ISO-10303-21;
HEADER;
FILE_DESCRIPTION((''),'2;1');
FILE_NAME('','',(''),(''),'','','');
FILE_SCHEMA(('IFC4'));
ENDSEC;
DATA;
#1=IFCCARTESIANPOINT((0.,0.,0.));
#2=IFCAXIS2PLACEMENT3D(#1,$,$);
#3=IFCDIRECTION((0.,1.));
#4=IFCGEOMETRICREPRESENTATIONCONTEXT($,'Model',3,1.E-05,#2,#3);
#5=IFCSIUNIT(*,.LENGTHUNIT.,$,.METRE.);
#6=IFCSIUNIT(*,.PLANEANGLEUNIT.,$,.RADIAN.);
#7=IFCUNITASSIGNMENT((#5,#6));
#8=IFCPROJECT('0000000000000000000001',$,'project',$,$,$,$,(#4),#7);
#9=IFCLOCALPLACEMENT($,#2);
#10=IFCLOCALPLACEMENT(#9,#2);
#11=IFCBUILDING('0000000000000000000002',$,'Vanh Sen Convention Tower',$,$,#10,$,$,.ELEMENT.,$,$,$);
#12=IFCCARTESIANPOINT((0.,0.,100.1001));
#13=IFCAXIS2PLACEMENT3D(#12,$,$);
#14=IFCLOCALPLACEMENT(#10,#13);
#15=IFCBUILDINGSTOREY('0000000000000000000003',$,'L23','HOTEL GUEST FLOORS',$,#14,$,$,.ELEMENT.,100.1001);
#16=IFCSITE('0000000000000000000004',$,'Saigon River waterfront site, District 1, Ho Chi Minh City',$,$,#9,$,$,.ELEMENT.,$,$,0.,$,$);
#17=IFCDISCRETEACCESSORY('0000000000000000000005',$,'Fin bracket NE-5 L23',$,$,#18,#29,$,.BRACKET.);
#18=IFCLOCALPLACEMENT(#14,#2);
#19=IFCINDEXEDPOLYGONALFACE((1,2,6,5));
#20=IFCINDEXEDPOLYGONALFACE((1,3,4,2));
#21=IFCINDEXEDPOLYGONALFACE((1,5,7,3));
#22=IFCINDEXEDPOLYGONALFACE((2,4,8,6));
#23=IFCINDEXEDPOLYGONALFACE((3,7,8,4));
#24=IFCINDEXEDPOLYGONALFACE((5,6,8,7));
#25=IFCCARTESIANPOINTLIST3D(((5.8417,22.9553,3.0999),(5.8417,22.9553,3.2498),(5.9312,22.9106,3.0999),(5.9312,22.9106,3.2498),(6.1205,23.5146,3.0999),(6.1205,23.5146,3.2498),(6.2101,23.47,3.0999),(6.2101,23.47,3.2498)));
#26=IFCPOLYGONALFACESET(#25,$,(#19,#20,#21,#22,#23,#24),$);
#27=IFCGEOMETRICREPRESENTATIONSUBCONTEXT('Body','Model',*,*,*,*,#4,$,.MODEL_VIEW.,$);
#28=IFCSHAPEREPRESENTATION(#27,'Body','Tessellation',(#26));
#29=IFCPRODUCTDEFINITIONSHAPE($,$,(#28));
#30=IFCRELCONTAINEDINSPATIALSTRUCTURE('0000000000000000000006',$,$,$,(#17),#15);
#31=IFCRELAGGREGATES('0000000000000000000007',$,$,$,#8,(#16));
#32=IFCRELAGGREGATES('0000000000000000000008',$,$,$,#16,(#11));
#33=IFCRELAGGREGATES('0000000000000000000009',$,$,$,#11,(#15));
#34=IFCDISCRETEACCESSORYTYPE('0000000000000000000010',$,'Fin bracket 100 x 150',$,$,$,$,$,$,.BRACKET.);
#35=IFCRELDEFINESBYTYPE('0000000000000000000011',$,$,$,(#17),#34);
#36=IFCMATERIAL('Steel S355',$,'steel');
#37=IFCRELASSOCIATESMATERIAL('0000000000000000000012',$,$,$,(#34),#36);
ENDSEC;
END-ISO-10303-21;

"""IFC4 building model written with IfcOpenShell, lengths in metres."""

from ifc_helpers import new_model, si_unit, direction, frame, origin, origin_2d, place, context, subcontext, project, spatial, rectangle, extrude, material, type_object, element, save


model = new_model("IFC4")

# Units and contexts
model_context = context("Model", 3, precision=1e-05, world=origin(), true_north=direction((0.0, 1.0)))
body_context = subcontext(model_context, "Body", "Model", "MODEL_VIEW")
ifc_project = project(units=[si_unit("LENGTHUNIT", "METRE"), si_unit("PLANEANGLEUNIT", "RADIAN")], contexts=[model_context])

# Site, building, storey
site_placement = place(None, origin())
site = spatial("IfcSite", under=ifc_project, at=site_placement, Name="Saigon River waterfront site, District 1, Ho Chi Minh City", CompositionType="ELEMENT", RefElevation=0.0)
building_placement = place(site_placement, origin())
building = spatial("IfcBuilding", under=site, at=building_placement, Name="Vanh Sen Convention Tower", CompositionType="ELEMENT")
storey_placement = place(building_placement, frame((0.0, 0.0, 100.1001)))
storey = spatial("IfcBuildingStorey", under=building, at=storey_placement, Name="L23", Description="HOTEL GUEST FLOORS", CompositionType="ELEMENT", Elevation=100.1001)

# Discrete accessory
ifc_material_1 = material(Name="Steel S355", Category="steel")
discrete_accessory_type = type_object("IfcDiscreteAccessoryType", Name="Fin bracket 100 x 150", PredefinedType="BRACKET", material=ifc_material_1)
discrete_accessory_placement = place(storey_placement, frame((6.0259, 23.2126, 3.0999), z_axis=(0.0, 0.0, 1.0), x_axis=(0.446198, 0.894934, 0.0)))
element("IfcDiscreteAccessory", 1, at=discrete_accessory_placement, inside=storey, type_object=discrete_accessory_type, Name="Fin bracket NE-5 L23", PredefinedType="BRACKET", context=body_context, shape_type="SweptSolid", body=[
    extrude(rectangle(XDim=0.625, YDim=0.1001, at=origin_2d()), origin(), (0.0, 0.0, 1.0), 0.1499),
])

save(model, "model.ifc")
